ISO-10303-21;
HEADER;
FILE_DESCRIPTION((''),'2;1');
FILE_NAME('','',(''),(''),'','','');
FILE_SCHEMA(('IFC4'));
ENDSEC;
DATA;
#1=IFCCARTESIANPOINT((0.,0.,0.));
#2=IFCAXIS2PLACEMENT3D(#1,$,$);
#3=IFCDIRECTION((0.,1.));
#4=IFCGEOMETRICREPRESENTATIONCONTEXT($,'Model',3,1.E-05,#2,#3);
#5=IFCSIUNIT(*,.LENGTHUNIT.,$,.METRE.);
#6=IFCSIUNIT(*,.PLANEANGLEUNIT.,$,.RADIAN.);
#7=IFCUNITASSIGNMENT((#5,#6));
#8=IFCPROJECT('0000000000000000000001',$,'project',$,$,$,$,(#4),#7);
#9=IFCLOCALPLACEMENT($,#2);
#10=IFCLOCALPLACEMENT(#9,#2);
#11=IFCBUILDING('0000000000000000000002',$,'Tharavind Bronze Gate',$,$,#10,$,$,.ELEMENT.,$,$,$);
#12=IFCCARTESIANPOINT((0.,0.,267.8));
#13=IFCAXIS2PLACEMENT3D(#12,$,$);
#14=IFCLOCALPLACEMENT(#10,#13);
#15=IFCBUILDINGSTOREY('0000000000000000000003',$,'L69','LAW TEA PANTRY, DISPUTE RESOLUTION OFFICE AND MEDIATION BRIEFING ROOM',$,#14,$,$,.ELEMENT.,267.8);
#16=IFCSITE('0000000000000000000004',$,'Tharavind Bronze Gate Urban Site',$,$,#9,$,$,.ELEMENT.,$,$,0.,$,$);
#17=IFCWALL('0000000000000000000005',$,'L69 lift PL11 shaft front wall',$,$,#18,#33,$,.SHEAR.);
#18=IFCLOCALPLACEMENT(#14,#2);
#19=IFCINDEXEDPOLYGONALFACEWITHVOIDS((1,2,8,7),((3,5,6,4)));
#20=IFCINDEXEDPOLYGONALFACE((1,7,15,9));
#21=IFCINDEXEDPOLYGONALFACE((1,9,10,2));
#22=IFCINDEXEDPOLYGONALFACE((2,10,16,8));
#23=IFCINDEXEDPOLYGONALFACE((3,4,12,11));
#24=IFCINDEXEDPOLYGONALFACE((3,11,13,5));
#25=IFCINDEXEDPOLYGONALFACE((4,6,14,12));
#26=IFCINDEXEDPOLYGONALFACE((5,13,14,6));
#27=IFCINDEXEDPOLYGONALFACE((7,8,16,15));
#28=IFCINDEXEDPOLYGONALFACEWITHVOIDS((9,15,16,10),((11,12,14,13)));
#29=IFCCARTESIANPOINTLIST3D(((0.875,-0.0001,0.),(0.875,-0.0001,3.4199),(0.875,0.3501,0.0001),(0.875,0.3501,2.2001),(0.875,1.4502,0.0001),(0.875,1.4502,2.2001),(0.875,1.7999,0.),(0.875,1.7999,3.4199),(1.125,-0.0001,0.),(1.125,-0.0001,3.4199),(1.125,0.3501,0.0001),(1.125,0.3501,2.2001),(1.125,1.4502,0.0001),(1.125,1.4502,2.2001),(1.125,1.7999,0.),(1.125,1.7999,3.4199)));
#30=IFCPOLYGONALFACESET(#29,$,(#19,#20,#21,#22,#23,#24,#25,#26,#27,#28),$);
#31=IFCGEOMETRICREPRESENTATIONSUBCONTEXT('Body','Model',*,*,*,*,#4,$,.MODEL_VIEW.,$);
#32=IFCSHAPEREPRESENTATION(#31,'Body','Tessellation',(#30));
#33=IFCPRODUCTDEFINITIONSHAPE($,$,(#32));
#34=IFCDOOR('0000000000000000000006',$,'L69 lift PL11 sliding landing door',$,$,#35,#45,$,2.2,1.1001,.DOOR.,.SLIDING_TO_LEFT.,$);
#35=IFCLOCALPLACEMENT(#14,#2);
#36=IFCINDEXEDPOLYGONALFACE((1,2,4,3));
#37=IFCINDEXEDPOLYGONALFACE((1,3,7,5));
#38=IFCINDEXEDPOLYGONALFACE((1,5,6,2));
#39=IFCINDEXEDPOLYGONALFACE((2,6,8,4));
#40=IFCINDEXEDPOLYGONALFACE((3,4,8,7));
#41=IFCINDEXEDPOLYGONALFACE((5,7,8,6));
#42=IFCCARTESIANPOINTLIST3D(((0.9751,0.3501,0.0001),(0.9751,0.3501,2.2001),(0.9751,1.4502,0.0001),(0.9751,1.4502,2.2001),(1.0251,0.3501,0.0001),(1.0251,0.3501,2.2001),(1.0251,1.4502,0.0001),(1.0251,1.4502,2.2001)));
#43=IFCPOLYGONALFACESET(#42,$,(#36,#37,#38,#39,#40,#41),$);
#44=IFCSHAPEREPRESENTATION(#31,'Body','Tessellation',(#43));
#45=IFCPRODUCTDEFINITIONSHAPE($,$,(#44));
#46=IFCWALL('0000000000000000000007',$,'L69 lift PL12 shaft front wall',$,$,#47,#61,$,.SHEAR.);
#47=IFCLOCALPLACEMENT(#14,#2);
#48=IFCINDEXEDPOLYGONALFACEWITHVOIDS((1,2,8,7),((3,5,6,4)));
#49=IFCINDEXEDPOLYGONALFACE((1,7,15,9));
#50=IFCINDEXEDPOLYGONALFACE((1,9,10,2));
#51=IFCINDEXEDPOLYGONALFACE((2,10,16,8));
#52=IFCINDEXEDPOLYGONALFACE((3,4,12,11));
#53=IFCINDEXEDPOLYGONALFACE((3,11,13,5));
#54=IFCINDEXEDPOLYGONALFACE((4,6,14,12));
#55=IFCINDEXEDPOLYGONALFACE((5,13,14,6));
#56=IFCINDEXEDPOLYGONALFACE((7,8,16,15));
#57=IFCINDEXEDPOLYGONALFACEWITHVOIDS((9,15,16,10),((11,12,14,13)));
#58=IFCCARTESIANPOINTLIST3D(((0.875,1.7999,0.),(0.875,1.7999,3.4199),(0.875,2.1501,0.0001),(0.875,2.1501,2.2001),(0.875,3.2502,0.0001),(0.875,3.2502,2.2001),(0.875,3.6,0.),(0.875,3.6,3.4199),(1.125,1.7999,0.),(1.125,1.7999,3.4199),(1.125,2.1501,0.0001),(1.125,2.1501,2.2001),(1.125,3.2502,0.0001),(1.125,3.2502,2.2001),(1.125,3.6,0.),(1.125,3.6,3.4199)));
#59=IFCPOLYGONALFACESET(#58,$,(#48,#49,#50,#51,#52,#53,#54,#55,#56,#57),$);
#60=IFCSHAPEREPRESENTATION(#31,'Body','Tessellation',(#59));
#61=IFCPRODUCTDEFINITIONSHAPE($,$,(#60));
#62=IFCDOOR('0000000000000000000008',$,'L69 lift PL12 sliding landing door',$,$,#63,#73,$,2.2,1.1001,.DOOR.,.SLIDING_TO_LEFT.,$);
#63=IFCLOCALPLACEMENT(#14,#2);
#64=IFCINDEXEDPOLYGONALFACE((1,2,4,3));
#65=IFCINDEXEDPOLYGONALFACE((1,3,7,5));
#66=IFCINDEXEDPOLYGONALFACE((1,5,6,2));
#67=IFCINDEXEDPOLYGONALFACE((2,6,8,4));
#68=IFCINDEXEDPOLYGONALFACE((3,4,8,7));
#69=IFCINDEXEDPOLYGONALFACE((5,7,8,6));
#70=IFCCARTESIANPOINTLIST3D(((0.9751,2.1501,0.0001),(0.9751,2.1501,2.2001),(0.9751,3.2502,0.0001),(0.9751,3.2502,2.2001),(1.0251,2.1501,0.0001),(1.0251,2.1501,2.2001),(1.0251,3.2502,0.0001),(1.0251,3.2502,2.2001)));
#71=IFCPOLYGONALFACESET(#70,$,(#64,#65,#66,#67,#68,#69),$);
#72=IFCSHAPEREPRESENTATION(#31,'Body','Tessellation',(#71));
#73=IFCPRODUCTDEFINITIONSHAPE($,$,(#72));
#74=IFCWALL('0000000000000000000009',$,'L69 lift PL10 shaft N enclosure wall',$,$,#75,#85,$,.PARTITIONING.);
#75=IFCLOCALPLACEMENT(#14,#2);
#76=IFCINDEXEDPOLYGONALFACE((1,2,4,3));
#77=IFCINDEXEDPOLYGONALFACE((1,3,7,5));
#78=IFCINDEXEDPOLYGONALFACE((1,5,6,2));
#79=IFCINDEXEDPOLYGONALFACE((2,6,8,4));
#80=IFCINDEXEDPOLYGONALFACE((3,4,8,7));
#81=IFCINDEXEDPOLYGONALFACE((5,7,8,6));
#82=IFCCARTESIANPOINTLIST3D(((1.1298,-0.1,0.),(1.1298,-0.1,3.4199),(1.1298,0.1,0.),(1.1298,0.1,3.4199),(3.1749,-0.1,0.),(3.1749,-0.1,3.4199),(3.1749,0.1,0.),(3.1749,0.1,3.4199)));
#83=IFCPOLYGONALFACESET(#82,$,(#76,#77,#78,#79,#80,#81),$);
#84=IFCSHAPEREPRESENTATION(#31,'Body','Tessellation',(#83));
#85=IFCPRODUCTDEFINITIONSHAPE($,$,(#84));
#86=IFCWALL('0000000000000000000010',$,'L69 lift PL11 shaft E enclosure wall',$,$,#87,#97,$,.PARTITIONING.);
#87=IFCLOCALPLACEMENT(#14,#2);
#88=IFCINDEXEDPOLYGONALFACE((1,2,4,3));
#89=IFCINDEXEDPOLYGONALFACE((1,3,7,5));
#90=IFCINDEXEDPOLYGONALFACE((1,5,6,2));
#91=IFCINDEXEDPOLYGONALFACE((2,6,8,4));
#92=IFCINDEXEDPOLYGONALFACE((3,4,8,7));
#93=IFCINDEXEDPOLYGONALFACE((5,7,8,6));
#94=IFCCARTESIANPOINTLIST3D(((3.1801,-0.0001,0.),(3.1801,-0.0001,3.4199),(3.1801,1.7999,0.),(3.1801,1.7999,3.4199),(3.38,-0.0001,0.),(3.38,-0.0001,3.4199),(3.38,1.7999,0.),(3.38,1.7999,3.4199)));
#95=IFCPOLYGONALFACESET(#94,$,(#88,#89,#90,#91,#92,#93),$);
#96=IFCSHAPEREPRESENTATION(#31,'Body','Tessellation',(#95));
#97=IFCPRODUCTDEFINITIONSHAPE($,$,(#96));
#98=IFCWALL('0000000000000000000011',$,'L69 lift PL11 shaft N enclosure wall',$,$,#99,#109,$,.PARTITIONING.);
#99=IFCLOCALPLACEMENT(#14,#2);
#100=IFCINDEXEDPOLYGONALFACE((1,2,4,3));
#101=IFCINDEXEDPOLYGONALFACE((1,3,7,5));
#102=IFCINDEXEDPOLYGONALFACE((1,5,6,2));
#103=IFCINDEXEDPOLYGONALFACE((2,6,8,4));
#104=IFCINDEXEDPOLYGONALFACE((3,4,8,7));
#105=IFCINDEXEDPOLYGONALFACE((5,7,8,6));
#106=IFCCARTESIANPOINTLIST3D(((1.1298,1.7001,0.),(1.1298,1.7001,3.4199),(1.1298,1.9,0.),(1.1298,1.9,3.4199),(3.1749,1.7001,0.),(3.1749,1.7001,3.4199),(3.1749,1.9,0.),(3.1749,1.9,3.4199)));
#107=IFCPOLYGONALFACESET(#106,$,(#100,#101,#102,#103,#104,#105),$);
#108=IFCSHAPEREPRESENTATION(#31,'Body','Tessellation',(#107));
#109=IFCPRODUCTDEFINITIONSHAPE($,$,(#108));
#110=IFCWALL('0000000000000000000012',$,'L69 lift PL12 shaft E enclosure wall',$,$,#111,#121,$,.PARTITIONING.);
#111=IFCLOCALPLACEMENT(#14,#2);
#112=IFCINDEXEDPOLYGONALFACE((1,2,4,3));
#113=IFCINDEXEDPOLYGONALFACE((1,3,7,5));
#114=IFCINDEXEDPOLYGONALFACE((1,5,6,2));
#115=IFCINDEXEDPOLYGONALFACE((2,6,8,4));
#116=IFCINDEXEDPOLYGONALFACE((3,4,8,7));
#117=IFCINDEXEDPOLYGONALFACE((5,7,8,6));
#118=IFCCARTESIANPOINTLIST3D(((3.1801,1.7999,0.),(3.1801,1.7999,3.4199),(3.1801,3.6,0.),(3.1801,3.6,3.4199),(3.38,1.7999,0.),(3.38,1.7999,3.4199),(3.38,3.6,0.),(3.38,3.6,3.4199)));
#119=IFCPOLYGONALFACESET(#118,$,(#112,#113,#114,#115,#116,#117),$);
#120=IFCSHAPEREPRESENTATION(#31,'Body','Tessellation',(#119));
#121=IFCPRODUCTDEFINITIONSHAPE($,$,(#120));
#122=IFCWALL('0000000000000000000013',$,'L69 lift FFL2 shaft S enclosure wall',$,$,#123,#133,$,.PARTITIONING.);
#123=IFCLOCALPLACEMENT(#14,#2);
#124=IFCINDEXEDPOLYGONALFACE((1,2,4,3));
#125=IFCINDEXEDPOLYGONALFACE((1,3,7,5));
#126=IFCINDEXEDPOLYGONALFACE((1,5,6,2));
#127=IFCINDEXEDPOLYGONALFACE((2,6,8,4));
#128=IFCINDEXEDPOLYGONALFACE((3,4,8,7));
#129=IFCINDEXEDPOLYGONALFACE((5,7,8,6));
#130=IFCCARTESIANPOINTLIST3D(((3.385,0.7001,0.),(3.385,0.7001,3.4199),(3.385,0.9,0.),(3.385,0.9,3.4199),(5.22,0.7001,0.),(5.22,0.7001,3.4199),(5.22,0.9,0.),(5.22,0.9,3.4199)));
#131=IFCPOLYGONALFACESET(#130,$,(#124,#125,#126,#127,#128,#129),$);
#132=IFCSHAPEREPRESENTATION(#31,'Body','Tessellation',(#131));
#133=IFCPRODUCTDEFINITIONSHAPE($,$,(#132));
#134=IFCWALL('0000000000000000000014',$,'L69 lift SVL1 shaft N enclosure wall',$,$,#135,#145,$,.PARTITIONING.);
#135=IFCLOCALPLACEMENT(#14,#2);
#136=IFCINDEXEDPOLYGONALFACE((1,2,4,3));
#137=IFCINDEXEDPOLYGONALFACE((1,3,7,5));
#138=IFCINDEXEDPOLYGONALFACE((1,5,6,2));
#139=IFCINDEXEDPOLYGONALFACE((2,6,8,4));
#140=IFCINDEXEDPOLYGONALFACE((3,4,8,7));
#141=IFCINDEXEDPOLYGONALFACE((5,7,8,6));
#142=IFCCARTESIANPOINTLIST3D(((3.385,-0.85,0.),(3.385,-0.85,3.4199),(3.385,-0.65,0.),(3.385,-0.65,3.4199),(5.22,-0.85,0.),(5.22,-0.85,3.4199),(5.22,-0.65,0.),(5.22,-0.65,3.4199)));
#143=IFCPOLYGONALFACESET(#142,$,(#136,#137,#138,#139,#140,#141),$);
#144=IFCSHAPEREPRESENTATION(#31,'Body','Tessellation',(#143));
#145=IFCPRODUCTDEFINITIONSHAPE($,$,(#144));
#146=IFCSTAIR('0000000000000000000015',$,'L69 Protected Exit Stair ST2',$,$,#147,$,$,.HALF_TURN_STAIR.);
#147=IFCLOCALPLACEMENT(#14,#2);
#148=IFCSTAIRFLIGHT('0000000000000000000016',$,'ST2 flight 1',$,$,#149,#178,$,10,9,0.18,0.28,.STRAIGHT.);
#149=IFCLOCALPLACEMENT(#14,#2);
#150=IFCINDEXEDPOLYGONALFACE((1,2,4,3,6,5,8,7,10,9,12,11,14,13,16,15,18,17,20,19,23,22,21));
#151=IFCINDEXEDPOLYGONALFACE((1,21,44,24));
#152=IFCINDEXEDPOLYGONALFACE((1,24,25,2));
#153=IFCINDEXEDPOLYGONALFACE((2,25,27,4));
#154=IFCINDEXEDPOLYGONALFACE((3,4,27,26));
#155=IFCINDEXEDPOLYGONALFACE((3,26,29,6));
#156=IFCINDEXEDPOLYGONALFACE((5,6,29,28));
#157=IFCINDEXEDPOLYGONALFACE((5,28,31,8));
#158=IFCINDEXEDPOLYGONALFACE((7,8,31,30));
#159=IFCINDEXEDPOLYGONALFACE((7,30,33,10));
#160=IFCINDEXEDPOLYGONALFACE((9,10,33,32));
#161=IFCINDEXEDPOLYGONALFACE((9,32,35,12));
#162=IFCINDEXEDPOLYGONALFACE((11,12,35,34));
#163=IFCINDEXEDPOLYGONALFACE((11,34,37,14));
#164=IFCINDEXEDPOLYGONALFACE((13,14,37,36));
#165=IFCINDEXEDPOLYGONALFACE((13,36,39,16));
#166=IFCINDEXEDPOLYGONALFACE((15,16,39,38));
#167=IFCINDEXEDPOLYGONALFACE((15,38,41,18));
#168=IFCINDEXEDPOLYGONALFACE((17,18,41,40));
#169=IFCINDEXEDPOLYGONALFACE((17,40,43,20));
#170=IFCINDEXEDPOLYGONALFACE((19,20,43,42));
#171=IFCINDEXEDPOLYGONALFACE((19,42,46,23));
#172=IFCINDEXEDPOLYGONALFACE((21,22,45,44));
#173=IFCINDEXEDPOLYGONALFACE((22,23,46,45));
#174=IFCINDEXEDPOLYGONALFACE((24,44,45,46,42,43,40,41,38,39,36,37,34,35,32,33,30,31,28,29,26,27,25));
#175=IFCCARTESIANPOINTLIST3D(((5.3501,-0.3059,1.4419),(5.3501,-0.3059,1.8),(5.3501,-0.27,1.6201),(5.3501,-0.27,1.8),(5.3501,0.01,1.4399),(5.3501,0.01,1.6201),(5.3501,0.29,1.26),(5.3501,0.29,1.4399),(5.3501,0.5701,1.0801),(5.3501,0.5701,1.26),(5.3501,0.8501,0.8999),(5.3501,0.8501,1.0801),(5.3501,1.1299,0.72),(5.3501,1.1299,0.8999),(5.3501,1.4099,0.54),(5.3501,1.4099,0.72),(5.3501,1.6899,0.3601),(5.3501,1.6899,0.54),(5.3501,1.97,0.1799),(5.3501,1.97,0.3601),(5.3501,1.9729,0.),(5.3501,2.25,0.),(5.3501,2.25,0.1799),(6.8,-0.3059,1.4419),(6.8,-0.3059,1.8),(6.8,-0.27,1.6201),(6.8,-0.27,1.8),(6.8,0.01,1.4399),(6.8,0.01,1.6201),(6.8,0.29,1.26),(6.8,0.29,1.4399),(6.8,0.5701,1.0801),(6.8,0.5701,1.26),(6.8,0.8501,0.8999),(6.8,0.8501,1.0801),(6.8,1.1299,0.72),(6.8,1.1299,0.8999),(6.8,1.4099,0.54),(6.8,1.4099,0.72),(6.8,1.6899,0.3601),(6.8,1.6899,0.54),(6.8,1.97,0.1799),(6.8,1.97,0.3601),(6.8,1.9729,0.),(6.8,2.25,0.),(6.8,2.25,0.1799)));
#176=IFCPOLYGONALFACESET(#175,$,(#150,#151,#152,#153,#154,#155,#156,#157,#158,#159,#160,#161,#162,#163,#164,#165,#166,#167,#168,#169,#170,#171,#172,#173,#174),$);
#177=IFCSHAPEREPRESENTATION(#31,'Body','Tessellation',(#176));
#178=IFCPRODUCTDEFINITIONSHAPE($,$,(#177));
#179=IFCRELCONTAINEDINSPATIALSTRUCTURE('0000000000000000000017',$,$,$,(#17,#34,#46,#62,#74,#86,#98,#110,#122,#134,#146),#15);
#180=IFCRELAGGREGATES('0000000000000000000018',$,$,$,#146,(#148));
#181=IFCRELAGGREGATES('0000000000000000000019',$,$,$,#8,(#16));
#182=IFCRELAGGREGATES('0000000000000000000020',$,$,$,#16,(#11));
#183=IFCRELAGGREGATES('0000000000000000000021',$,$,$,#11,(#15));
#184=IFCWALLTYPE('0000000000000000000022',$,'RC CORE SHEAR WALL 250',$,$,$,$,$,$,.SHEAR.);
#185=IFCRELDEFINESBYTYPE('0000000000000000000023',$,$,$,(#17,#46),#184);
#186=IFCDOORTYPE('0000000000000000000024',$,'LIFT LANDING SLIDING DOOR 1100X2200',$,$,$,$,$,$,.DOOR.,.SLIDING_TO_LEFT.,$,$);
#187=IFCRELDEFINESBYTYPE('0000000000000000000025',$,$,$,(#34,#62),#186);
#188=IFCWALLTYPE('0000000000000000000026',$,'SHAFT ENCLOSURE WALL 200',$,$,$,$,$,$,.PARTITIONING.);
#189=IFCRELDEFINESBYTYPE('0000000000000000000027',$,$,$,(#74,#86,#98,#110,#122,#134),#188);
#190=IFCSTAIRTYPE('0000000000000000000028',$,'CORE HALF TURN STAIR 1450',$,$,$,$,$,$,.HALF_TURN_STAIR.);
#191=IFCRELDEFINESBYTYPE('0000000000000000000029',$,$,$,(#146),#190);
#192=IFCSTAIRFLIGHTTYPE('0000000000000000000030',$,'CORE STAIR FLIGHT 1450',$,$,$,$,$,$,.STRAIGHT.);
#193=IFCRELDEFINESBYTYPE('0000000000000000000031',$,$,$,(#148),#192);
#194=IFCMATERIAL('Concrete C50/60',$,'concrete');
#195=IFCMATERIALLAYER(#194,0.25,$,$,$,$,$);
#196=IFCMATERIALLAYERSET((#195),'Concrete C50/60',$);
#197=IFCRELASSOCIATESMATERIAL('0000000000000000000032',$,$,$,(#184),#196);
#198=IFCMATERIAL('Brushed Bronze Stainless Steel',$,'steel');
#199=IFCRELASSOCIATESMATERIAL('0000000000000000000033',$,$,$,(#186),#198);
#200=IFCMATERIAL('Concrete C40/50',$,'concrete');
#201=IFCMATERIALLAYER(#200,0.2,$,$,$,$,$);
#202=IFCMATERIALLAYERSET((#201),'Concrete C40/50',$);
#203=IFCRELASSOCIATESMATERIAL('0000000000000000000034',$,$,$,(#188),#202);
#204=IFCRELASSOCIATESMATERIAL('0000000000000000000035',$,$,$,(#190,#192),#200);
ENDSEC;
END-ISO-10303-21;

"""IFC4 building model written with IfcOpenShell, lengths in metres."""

from ifc_helpers import new_model, si_unit, direction, frame, frame_2d, origin, place, context, subcontext, project, spatial, polyline, rectangle, outline, extrude, material, layer, layer_set, type_object, element, fill, aggregate, save


model = new_model("IFC4")

# Units and contexts
model_context = context("Model", 3, precision=1e-05, world=origin(), true_north=direction((0.0, 1.0)))
body_context = subcontext(model_context, "Body", "Model", "MODEL_VIEW")
ifc_project = project(units=[si_unit("LENGTHUNIT", "METRE"), si_unit("PLANEANGLEUNIT", "RADIAN")], contexts=[model_context])

# Site, building, storey
site_placement = place(None, origin())
site = spatial("IfcSite", under=ifc_project, at=site_placement, Name="Tharavind Bronze Gate Urban Site", CompositionType="ELEMENT", RefElevation=0.0)
building_placement = place(site_placement, origin())
building = spatial("IfcBuilding", under=site, at=building_placement, Name="Tharavind Bronze Gate", CompositionType="ELEMENT")
storey_placement = place(building_placement, frame((0.0, 0.0, 267.8)))
storey = spatial("IfcBuildingStorey", under=building, at=storey_placement, Name="L69", Description="LAW TEA PANTRY, DISPUTE RESOLUTION OFFICE AND MEDIATION BRIEFING ROOM", CompositionType="ELEMENT", Elevation=267.8)

# Walls, openings, doors
ifc_material_1 = material(Name="Concrete C50/60", Category="concrete")
ifc_layer_1 = layer(ifc_material_1, 0.25)
ifc_layer_set_1 = layer_set([ifc_layer_1], Name="Concrete C50/60")
wall_type_1 = type_object("IfcWallType", Name="RC CORE SHEAR WALL 250", PredefinedType="SHEAR", material=ifc_layer_set_1)
wall_1_placement = place(storey_placement, frame((1.0, 0.0, 0.0), z_axis=(0.0, 0.0, 1.0), x_axis=(0.0, 1.0, 0.0)))
wall_1 = element("IfcWall", 1, at=wall_1_placement, inside=storey, type_object=wall_type_1, Name="L69 lift PL11 shaft front wall", PredefinedType="SHEAR", context=body_context, shape_type="SweptSolid", body=[
    extrude(rectangle(XDim=1.8, YDim=0.25, at=frame_2d((0.8999, 0.0))), origin(), (0.0, 0.0, 1.0), 3.4199),
])
opening_1_placement = place(wall_1_placement, frame((0.3501, 0.0, 0.0)))
opening_1 = element("IfcOpeningElement", 2, at=opening_1_placement, cuts=wall_1, PredefinedType="OPENING", context=body_context, shape_type="SweptSolid", body=[
    extrude(rectangle(XDim=1.1001, YDim=2.2, at=frame_2d((0.55, 1.1001))), frame((0.0, 0.135, 0.0), z_axis=(0.0, -1.0, 0.0), x_axis=(1.0, 0.0, 0.0)), (0.0, 0.0, 1.0), 0.27),
])
ifc_material_2 = material(Name="Brushed Bronze Stainless Steel", Category="steel")
door_type = type_object("IfcDoorType", Name="LIFT LANDING SLIDING DOOR 1100X2200", OperationType="SLIDING_TO_LEFT", PredefinedType="DOOR", material=ifc_material_2)
door_1_placement = place(opening_1_placement, origin())
door_1 = element("IfcDoor", 3, at=door_1_placement, inside=storey, type_object=door_type, Name="L69 lift PL11 sliding landing door", OperationType="SLIDING_TO_LEFT", OverallHeight=2.2, OverallWidth=1.1001, PredefinedType="DOOR", context=body_context, shape_type="SweptSolid", body=[
    extrude(rectangle(XDim=1.1001, YDim=2.2, at=frame_2d((0.55, 1.1001))), frame((0.0, 0.0249, 0.0), z_axis=(0.0, -1.0, 0.0), x_axis=(1.0, 0.0, 0.0)), (0.0, 0.0, 1.0), 0.05),
])
fill(opening_1, door_1)
wall_2_placement = place(storey_placement, frame((1.0, 1.8, 0.0), z_axis=(0.0, 0.0, 1.0), x_axis=(0.0, 1.0, 0.0)))
wall_2 = element("IfcWall", 4, at=wall_2_placement, inside=storey, type_object=wall_type_1, Name="L69 lift PL12 shaft front wall", PredefinedType="SHEAR", context=body_context, shape_type="SweptSolid", body=[
    extrude(rectangle(XDim=1.8, YDim=0.25, at=frame_2d((0.8999, 0.0))), origin(), (0.0, 0.0, 1.0), 3.4199),
])
opening_2_placement = place(wall_2_placement, frame((0.3501, 0.0, 0.0)))
opening_2 = element("IfcOpeningElement", 5, at=opening_2_placement, cuts=wall_2, PredefinedType="OPENING", context=body_context, shape_type="SweptSolid", body=[
    extrude(rectangle(XDim=1.1001, YDim=2.2, at=frame_2d((0.55, 1.1001))), frame((0.0, 0.135, 0.0), z_axis=(0.0, -1.0, 0.0), x_axis=(1.0, 0.0, 0.0)), (0.0, 0.0, 1.0), 0.27),
])
door_2_placement = place(opening_2_placement, origin())
door_2 = element("IfcDoor", 6, at=door_2_placement, inside=storey, type_object=door_type, Name="L69 lift PL12 sliding landing door", OperationType="SLIDING_TO_LEFT", OverallHeight=2.2, OverallWidth=1.1001, PredefinedType="DOOR", context=body_context, shape_type="SweptSolid", body=[
    extrude(rectangle(XDim=1.1001, YDim=2.2, at=frame_2d((0.55, 1.1001))), frame((0.0, 0.0249, 0.0), z_axis=(0.0, -1.0, 0.0), x_axis=(1.0, 0.0, 0.0)), (0.0, 0.0, 1.0), 0.05),
])
fill(opening_2, door_2)

# Walls
ifc_material_3 = material(Name="Concrete C40/50", Category="concrete")
ifc_layer_2 = layer(ifc_material_3, 0.2)
ifc_layer_set_2 = layer_set([ifc_layer_2], Name="Concrete C40/50")
wall_type_2 = type_object("IfcWallType", Name="SHAFT ENCLOSURE WALL 200", PredefinedType="PARTITIONING", material=ifc_layer_set_2)
wall_3_placement = place(storey_placement, frame((1.1299, 0.0, 0.0), z_axis=(0.0, 0.0, 1.0), x_axis=(1.0, 0.0, 0.0)))
element("IfcWall", 7, at=wall_3_placement, inside=storey, type_object=wall_type_2, Name="L69 lift PL10 shaft N enclosure wall", PredefinedType="PARTITIONING", context=body_context, shape_type="SweptSolid", body=[
    extrude(rectangle(XDim=2.0452, YDim=0.2, at=frame_2d((1.0225, 0.0))), origin(), (0.0, 0.0, 1.0), 3.4199),
])
wall_4_placement = place(storey_placement, frame((3.28, 0.0, 0.0), z_axis=(0.0, 0.0, 1.0), x_axis=(0.0, 1.0, 0.0)))
element("IfcWall", 8, at=wall_4_placement, inside=storey, type_object=wall_type_2, Name="L69 lift PL11 shaft E enclosure wall", PredefinedType="PARTITIONING", context=body_context, shape_type="SweptSolid", body=[
    extrude(rectangle(XDim=1.8, YDim=0.2, at=frame_2d((0.8999, 0.0))), origin(), (0.0, 0.0, 1.0), 3.4199),
])
wall_5_placement = place(storey_placement, frame((1.1299, 1.8, 0.0), z_axis=(0.0, 0.0, 1.0), x_axis=(1.0, 0.0, 0.0)))
element("IfcWall", 9, at=wall_5_placement, inside=storey, type_object=wall_type_2, Name="L69 lift PL11 shaft N enclosure wall", PredefinedType="PARTITIONING", context=body_context, shape_type="SweptSolid", body=[
    extrude(rectangle(XDim=2.0452, YDim=0.2, at=frame_2d((1.0225, 0.0))), origin(), (0.0, 0.0, 1.0), 3.4199),
])
wall_6_placement = place(storey_placement, frame((3.28, 1.8, 0.0), z_axis=(0.0, 0.0, 1.0), x_axis=(0.0, 1.0, 0.0)))
element("IfcWall", 10, at=wall_6_placement, inside=storey, type_object=wall_type_2, Name="L69 lift PL12 shaft E enclosure wall", PredefinedType="PARTITIONING", context=body_context, shape_type="SweptSolid", body=[
    extrude(rectangle(XDim=1.8, YDim=0.2, at=frame_2d((0.8999, 0.0))), origin(), (0.0, 0.0, 1.0), 3.4199),
])
for number, where, z_axis, x_axis, name in (
    (11, (3.385, 0.8, 0.0), (0.0, 0.0, 1.0), (1.0, 0.0, 0.0), "L69 lift FFL2 shaft S enclosure wall"),
    (12, (3.385, -0.75, 0.0), (0.0, 0.0, 1.0), (1.0, 0.0, 0.0), "L69 lift SVL1 shaft N enclosure wall"),
):
    element("IfcWall", number, at=place(storey_placement, frame(where, z_axis=z_axis, x_axis=x_axis)), inside=storey, type_object=wall_type_2, Name=name, PredefinedType="PARTITIONING", context=body_context, shape_type="SweptSolid", body=[
        extrude(rectangle(XDim=1.835, YDim=0.2, at=frame_2d((0.9175, 0.0))), origin(), (0.0, 0.0, 1.0), 3.4199),
    ])

# Stair, stair flight
stair_type = type_object("IfcStairType", Name="CORE HALF TURN STAIR 1450", PredefinedType="HALF_TURN_STAIR", material=ifc_material_3)
stair_placement = place(storey_placement, origin())
stair = element("IfcStair", 13, at=stair_placement, inside=storey, type_object=stair_type, Name="L69 Protected Exit Stair ST2", PredefinedType="HALF_TURN_STAIR")
stair_flight_type = type_object("IfcStairFlightType", Name="CORE STAIR FLIGHT 1450", PredefinedType="STRAIGHT", material=ifc_material_3)
stair_flight_1_placement = place(storey_placement, frame((6.075, 2.25, 0.0), z_axis=(0.0, 0.0, 1.0), x_axis=(0.0, -1.0, 0.0)))
stair_flight_1 = element("IfcStairFlight", 14, at=stair_flight_1_placement, type_object=stair_flight_type, Name="ST2 flight 1", NumberOfRisers=10, NumberOfTreads=9, PredefinedType="STRAIGHT", RiserHeight=0.18, TreadLength=0.28, context=body_context, shape_type="SweptSolid", body=[
    extrude(outline(polyline([(0.0, 0.0), (0.0, 0.1799), (0.28, 0.1799), (0.28, 0.3601), (0.5601, 0.3601), (0.5601, 0.54), (0.8401, 0.54), (0.8401, 0.72), (1.1201, 0.72), (1.1201, 0.8999), (1.3999, 0.8999), (1.3999, 1.0801), (1.6799, 1.0801), (1.6799, 1.26), (1.96, 1.26), (1.96, 1.4399), (2.24, 1.4399), (2.24, 1.6201), (2.52, 1.6201), (2.52, 1.8), (2.5559, 1.8), (2.5559, 1.4419), (0.2771, 0.0), (0.0, 0.0)])), frame((0.0, 0.7251, 0.0), z_axis=(0.0, -1.0, 0.0), x_axis=(1.0, 0.0, 0.0)), (0.0, 0.0, 1.0), 1.45),
])
aggregate(stair, [stair_flight_1])

save(model, "model.ifc")
